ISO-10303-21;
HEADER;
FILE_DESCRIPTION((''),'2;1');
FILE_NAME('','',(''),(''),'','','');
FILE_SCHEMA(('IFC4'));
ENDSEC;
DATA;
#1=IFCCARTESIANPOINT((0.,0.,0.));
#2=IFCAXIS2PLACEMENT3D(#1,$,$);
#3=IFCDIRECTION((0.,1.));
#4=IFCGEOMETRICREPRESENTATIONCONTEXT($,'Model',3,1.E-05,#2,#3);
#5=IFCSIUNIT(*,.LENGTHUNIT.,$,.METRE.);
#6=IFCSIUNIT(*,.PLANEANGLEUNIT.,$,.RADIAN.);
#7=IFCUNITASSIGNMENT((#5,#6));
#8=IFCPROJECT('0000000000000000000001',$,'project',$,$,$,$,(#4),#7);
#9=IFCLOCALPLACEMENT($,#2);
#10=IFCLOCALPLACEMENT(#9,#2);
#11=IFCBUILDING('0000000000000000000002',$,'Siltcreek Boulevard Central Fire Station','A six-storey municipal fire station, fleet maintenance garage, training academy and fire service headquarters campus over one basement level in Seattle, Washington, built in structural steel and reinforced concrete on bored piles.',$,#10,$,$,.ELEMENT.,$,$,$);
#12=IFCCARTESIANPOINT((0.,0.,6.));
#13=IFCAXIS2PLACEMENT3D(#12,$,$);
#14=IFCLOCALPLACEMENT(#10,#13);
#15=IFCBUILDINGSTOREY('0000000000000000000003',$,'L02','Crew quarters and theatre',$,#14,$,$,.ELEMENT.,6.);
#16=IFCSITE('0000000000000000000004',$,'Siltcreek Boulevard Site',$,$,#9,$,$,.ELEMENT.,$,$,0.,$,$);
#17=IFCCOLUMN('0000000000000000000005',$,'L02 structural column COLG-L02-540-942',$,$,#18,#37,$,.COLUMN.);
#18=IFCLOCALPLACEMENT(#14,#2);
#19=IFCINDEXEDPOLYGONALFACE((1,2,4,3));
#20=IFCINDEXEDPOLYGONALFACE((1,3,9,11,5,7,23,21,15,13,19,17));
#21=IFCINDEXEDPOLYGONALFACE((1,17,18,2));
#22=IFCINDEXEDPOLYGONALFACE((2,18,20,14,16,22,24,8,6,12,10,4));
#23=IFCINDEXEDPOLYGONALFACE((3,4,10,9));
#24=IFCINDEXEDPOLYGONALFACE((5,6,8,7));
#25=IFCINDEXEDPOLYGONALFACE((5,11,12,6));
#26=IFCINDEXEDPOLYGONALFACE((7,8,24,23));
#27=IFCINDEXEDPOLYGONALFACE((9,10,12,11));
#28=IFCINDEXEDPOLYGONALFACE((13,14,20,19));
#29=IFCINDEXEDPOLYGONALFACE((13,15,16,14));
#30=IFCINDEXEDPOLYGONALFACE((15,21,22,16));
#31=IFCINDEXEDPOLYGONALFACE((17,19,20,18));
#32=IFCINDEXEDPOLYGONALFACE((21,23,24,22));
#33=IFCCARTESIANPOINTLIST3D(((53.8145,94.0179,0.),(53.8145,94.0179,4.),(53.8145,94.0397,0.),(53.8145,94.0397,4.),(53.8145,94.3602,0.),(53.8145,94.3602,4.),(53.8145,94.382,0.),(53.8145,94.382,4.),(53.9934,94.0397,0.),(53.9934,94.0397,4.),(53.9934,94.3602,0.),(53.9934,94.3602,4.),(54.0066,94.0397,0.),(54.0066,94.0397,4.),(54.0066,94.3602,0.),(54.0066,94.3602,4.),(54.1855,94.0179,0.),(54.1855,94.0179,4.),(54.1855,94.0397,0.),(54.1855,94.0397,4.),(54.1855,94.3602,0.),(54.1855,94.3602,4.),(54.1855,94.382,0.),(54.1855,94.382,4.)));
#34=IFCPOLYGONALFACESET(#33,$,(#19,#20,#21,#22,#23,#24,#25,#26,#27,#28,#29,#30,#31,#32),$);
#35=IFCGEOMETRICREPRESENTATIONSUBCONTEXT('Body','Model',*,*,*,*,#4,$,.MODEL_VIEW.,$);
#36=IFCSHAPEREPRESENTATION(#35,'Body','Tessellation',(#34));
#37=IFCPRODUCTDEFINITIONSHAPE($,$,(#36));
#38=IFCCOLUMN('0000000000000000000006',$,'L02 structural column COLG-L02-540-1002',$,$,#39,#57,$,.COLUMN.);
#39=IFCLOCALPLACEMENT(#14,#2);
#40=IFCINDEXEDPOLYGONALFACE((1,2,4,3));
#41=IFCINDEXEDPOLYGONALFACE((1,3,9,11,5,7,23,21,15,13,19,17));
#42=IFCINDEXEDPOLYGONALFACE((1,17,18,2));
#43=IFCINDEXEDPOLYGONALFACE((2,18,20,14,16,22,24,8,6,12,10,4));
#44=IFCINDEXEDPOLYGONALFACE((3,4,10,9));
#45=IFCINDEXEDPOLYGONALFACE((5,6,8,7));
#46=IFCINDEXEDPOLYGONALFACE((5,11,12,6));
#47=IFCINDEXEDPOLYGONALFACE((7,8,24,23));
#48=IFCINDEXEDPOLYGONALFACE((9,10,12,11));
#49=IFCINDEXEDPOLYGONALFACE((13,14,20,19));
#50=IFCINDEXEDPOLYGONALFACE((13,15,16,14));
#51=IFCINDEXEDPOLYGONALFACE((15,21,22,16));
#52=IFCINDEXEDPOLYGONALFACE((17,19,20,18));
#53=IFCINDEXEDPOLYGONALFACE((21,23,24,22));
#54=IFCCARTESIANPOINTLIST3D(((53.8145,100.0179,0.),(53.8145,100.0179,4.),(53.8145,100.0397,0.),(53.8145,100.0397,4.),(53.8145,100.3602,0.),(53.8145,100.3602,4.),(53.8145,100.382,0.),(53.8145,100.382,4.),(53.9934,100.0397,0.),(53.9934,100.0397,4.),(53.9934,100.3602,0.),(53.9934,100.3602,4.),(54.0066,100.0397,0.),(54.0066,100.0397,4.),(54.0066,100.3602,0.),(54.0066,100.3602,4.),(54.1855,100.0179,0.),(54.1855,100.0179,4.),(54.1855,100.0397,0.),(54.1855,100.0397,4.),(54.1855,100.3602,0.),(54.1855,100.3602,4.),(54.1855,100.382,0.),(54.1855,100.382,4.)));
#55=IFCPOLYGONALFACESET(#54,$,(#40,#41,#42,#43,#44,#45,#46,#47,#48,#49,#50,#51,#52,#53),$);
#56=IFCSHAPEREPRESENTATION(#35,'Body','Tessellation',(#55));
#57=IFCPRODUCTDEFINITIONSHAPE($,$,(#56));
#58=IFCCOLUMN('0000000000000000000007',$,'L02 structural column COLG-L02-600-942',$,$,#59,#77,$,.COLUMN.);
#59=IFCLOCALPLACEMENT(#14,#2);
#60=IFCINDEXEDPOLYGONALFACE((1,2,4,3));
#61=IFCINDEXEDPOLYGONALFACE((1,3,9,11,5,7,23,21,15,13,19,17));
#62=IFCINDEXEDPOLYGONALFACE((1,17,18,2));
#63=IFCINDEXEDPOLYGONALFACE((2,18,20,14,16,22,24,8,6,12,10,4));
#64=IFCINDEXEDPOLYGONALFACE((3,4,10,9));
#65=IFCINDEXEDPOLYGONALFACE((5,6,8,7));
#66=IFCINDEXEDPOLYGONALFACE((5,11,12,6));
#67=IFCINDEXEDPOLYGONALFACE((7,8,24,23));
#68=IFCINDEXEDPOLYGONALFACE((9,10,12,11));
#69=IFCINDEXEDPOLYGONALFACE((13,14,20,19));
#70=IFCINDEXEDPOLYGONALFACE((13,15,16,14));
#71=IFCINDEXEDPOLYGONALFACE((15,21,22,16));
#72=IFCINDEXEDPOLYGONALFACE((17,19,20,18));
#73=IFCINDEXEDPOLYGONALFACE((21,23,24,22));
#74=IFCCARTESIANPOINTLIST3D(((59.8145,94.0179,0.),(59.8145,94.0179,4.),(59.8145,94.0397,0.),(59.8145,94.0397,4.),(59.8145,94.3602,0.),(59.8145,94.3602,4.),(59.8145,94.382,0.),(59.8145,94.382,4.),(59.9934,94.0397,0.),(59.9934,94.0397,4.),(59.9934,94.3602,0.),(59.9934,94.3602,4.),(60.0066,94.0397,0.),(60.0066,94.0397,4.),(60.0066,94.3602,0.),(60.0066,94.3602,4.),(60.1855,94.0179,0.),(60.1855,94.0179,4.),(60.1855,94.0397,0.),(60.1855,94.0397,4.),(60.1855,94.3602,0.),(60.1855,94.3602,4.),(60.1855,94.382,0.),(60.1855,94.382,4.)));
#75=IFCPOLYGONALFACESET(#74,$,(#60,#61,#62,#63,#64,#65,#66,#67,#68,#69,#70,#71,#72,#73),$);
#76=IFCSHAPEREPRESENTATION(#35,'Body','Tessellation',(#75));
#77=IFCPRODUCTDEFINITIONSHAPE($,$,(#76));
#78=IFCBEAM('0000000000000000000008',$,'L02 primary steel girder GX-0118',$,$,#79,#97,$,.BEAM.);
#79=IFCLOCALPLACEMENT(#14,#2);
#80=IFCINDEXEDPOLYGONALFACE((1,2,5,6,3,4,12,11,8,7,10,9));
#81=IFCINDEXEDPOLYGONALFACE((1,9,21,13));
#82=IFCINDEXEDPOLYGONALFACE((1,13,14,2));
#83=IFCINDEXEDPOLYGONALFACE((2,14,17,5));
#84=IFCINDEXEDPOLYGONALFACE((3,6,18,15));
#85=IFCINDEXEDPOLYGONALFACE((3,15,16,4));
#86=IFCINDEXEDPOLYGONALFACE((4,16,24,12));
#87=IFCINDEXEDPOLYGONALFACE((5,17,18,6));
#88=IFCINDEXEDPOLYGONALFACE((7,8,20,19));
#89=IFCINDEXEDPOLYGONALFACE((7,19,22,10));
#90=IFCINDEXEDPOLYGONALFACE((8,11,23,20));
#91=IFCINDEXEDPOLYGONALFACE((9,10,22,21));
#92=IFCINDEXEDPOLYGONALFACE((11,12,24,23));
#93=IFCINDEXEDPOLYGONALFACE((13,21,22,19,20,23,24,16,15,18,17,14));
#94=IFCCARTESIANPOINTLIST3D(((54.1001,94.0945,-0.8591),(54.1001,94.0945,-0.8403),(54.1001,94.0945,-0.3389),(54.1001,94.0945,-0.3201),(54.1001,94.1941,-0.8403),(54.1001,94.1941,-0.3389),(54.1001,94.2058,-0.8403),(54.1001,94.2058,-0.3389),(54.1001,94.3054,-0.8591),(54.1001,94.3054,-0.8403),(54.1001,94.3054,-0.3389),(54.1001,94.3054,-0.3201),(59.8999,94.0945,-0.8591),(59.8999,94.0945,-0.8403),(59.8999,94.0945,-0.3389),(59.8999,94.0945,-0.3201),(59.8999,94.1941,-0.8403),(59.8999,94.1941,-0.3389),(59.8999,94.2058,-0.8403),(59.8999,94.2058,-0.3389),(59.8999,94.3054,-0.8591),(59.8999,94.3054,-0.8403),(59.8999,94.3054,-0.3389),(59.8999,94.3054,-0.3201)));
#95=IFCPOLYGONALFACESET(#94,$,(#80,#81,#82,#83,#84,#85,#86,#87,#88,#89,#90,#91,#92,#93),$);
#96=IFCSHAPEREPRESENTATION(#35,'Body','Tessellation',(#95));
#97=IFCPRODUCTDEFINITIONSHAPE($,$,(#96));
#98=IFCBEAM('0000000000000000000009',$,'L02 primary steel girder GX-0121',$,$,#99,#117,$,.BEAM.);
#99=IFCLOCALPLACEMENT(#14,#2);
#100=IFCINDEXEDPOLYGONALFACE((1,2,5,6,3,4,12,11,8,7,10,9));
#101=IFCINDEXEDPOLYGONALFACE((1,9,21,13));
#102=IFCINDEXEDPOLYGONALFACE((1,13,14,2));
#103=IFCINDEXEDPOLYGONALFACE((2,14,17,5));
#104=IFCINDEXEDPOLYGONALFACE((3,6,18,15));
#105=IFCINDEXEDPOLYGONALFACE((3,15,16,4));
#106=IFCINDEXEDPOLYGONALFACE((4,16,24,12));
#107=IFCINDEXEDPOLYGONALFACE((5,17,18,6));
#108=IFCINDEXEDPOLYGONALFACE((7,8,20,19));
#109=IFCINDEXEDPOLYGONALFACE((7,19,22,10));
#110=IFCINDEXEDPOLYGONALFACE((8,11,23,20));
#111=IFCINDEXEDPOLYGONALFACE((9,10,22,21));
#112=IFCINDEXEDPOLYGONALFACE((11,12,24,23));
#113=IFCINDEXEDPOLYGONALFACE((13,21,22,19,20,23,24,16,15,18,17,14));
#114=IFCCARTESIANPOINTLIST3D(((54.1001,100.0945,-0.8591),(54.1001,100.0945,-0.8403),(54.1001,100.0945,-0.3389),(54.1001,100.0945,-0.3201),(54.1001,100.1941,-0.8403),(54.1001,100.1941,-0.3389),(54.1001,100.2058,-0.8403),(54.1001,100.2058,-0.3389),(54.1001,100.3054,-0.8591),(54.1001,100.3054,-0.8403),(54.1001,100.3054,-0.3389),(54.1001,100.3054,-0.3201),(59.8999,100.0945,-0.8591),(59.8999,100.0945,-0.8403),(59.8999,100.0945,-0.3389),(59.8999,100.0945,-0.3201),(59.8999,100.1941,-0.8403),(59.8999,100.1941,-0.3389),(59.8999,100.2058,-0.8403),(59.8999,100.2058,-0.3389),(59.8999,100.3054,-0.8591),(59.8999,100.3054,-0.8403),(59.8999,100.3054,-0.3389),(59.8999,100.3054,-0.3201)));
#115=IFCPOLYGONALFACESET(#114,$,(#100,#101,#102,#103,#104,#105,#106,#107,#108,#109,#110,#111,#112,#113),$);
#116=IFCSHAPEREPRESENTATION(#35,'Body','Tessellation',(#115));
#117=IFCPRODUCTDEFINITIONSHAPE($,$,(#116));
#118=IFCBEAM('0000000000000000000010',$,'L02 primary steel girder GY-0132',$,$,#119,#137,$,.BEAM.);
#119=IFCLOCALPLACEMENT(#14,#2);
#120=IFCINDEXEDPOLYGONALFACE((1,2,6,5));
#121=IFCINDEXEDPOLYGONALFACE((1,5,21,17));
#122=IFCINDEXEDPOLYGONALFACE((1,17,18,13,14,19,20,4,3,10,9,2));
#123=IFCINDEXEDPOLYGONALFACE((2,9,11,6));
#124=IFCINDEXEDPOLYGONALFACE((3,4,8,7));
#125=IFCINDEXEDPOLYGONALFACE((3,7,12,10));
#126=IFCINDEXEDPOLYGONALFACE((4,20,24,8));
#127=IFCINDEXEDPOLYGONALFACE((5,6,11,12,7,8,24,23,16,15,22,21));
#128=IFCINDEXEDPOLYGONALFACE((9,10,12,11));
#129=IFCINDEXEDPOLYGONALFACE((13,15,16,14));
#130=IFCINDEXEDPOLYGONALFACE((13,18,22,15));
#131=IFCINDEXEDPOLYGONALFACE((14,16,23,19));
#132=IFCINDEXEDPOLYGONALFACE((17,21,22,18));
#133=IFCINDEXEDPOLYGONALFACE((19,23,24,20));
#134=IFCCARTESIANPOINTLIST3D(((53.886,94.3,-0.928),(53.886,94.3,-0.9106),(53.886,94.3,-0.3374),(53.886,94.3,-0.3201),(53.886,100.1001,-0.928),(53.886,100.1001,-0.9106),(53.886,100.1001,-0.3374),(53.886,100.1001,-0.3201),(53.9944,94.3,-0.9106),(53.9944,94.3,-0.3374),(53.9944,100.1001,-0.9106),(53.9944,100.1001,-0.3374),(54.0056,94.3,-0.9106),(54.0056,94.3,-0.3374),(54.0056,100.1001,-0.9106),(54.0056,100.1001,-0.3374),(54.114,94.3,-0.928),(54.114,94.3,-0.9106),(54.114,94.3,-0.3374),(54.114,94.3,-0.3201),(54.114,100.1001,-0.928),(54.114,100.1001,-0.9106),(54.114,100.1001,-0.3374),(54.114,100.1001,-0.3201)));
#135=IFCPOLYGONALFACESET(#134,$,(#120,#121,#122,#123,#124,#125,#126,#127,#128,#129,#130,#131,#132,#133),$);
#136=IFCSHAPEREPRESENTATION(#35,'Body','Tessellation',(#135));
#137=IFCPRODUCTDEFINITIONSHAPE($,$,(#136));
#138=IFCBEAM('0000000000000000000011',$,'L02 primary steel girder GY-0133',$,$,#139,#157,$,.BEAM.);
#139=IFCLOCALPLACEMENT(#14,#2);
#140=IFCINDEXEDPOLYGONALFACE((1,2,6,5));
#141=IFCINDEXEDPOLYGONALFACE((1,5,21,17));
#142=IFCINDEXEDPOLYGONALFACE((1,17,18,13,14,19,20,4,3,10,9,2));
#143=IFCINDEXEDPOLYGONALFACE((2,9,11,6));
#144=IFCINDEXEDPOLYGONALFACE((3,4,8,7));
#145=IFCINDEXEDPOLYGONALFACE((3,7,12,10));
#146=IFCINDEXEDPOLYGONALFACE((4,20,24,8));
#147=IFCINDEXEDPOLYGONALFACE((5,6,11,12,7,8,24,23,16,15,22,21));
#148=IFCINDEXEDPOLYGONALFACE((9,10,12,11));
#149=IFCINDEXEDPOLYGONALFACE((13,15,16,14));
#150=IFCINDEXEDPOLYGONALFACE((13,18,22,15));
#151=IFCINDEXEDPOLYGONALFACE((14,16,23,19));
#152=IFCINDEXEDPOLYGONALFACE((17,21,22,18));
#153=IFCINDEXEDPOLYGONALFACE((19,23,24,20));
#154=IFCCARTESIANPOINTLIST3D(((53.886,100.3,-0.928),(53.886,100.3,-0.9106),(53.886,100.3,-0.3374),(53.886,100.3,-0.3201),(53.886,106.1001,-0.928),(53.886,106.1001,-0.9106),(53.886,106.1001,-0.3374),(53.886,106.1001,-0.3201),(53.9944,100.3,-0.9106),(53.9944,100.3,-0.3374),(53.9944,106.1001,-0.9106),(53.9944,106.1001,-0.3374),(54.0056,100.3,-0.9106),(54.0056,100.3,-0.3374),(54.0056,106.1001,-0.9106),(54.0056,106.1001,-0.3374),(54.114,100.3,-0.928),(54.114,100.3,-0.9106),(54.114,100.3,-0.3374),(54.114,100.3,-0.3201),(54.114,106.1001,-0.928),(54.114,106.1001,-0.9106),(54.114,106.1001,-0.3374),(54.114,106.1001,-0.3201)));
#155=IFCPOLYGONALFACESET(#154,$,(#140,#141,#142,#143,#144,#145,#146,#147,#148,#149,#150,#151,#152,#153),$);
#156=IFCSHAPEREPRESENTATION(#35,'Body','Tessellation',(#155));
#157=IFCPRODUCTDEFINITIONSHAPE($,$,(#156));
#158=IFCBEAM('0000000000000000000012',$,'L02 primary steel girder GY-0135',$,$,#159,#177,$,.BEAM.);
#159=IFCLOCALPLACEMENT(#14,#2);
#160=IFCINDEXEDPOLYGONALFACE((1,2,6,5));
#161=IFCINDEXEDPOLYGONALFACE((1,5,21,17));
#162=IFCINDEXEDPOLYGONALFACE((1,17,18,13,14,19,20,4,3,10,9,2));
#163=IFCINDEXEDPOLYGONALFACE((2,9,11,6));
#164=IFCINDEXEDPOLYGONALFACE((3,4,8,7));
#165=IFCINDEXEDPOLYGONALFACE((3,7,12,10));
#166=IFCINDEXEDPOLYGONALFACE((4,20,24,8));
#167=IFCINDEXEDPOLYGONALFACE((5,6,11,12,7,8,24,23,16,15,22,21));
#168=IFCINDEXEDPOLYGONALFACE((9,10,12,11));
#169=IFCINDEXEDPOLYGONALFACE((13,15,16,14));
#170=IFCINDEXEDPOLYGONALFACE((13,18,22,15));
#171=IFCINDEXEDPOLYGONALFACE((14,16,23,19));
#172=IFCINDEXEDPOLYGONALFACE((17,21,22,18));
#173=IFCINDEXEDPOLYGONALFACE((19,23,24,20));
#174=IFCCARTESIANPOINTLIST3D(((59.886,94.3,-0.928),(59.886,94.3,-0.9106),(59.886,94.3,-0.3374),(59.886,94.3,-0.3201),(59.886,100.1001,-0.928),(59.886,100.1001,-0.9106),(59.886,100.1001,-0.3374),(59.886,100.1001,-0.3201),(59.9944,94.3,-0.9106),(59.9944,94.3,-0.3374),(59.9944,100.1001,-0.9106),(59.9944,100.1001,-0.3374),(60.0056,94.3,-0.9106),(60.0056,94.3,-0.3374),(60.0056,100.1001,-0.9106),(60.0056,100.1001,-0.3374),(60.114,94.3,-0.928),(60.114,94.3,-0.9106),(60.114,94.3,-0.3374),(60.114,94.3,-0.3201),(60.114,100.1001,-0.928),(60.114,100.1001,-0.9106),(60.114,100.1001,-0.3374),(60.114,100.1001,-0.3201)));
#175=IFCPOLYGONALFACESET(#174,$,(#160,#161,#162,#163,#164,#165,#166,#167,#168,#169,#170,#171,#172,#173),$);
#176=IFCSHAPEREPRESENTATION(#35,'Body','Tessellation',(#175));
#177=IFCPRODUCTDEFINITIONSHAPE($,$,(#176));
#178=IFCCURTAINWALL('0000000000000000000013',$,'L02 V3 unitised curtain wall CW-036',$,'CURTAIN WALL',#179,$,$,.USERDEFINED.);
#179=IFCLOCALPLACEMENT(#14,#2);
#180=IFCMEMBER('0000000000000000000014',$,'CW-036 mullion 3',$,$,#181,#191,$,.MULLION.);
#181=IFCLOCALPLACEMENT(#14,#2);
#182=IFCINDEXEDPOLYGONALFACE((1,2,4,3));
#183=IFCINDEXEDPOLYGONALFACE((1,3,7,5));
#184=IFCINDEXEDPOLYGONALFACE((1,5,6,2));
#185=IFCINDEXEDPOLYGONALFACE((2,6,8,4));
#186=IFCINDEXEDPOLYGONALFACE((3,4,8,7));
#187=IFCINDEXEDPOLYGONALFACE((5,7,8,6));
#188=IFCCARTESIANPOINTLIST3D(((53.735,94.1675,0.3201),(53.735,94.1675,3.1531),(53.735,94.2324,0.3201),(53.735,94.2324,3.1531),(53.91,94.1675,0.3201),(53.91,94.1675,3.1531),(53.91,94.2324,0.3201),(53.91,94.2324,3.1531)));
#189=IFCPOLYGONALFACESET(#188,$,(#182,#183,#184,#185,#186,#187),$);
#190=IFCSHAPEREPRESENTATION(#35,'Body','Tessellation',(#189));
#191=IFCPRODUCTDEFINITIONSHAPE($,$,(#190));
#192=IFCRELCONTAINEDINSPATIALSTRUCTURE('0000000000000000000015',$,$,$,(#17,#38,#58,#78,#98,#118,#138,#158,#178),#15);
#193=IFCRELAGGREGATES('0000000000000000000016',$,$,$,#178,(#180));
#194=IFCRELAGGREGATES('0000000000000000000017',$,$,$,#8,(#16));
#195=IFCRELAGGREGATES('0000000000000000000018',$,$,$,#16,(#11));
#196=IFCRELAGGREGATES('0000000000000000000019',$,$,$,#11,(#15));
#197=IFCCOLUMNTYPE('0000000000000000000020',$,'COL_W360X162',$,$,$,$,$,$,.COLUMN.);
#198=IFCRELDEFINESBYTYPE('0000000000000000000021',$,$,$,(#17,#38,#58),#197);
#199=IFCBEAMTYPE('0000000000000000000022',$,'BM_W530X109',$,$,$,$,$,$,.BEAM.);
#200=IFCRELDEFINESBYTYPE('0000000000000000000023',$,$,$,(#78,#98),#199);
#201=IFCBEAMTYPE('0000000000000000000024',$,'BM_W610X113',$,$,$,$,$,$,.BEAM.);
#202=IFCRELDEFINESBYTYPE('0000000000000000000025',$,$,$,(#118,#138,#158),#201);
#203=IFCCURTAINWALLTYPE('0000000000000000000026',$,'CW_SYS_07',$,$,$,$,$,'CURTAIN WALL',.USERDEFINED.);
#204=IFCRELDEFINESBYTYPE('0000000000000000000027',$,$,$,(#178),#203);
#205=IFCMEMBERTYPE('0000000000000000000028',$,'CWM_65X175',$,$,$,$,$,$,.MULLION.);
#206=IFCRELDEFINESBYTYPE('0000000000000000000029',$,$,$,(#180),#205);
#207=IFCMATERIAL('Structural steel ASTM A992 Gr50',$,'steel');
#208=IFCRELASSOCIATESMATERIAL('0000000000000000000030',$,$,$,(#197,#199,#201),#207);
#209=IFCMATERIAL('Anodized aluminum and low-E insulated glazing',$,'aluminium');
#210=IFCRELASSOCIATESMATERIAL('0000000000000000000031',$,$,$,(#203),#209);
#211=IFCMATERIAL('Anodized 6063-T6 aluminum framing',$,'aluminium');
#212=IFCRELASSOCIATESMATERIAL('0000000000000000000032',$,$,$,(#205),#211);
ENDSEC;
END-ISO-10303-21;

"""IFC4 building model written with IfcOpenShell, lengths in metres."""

from ifc_helpers import new_model, si_unit, direction, frame, origin, origin_2d, place, context, subcontext, project, spatial, rectangle, i_section, extrude, material, material_profile, profile_set, type_object, element, aggregate, save


model = new_model("IFC4")

# Units and contexts
model_context = context("Model", 3, precision=1e-05, world=origin(), true_north=direction((0.0, 1.0)))
body_context = subcontext(model_context, "Body", "Model", "MODEL_VIEW")
ifc_project = project(units=[si_unit("LENGTHUNIT", "METRE"), si_unit("PLANEANGLEUNIT", "RADIAN")], contexts=[model_context])

# Site, building, storey
site_placement = place(None, origin())
site = spatial("IfcSite", under=ifc_project, at=site_placement, Name="Siltcreek Boulevard Site", CompositionType="ELEMENT", RefElevation=0.0)
building_placement = place(site_placement, origin())
building = spatial("IfcBuilding", under=site, at=building_placement, Name="Siltcreek Boulevard Central Fire Station", Description="A six-storey municipal fire station, fleet maintenance garage, training academy and fire service headquarters campus over one basement level in Seattle, Washington, built in structural steel and reinforced concrete on bored piles.", CompositionType="ELEMENT")
storey_placement = place(building_placement, frame((0.0, 0.0, 6.0)))
storey = spatial("IfcBuildingStorey", under=building, at=storey_placement, Name="L02", Description="Crew quarters and theatre", CompositionType="ELEMENT", Elevation=6.0)

# Columns
ifc_material_1 = material(Name="Structural steel ASTM A992 Gr50", Category="steel")
ifc_material_profile_1 = material_profile(ifc_material_1, i_section(OverallWidth=0.3711, OverallDepth=0.364, WebThickness=0.0132, FlangeThickness=0.0217, at=origin_2d()), Name="W360X162")
ifc_profile_set_1 = profile_set([ifc_material_profile_1], Name="Structural steel ASTM A992 Gr50")
column_type = type_object("IfcColumnType", Name="COL_W360X162", PredefinedType="COLUMN", material=ifc_profile_set_1)
for number, where, z_axis, x_axis, name in (
    (1, (54.0, 94.2, 0.0), (0.0, 0.0, 1.0), (1.0, 0.0, 0.0), "L02 structural column COLG-L02-540-942"),
    (2, (54.0, 100.2, 0.0), (0.0, 0.0, 1.0), (1.0, 0.0, 0.0), "L02 structural column COLG-L02-540-1002"),
    (3, (60.0, 94.2, 0.0), (0.0, 0.0, 1.0), (1.0, 0.0, 0.0), "L02 structural column COLG-L02-600-942"),
):
    element("IfcColumn", number, at=place(storey_placement, frame(where, z_axis=z_axis, x_axis=x_axis)), inside=storey, type_object=column_type, Name=name, PredefinedType="COLUMN", context=body_context, shape_type="SweptSolid", body=[
        extrude(i_section(OverallWidth=0.3711, OverallDepth=0.364, WebThickness=0.0132, FlangeThickness=0.0217, at=origin_2d()), origin(), (0.0, 0.0, 1.0), 4.0),
    ])

# Beams
ifc_material_profile_2 = material_profile(ifc_material_1, i_section(OverallWidth=0.2109, OverallDepth=0.5391, WebThickness=0.0117, FlangeThickness=0.0188, at=origin_2d()), Name="W530X109")
ifc_profile_set_2 = profile_set([ifc_material_profile_2], Name="Structural steel ASTM A992 Gr50")
beam_type_1 = type_object("IfcBeamType", Name="BM_W530X109", PredefinedType="BEAM", material=ifc_profile_set_2)
for number, where, z_axis, x_axis, name in (
    (4, (54.1001, 94.2, -0.5896), (1.0, 0.0, 0.0), (0.0, 1.0, 0.0), "L02 primary steel girder GX-0118"),
    (5, (54.1001, 100.2, -0.5896), (1.0, 0.0, 0.0), (0.0, 1.0, 0.0), "L02 primary steel girder GX-0121"),
):
    element("IfcBeam", number, at=place(storey_placement, frame(where, z_axis=z_axis, x_axis=x_axis)), inside=storey, type_object=beam_type_1, Name=name, PredefinedType="BEAM", context=body_context, shape_type="SweptSolid", body=[
        extrude(i_section(OverallWidth=0.2109, OverallDepth=0.5391, WebThickness=0.0117, FlangeThickness=0.0188, at=origin_2d()), origin(), (0.0, 0.0, 1.0), 5.7998),
    ])
ifc_material_profile_3 = material_profile(ifc_material_1, i_section(OverallWidth=0.228, OverallDepth=0.6079, WebThickness=0.0112, FlangeThickness=0.0173, at=origin_2d()), Name="W610X113")
ifc_profile_set_3 = profile_set([ifc_material_profile_3], Name="Structural steel ASTM A992 Gr50")
beam_type_2 = type_object("IfcBeamType", Name="BM_W610X113", PredefinedType="BEAM", material=ifc_profile_set_3)
for number, where, z_axis, x_axis, name in (
    (6, (54.0, 94.3, -0.624), (0.0, 1.0, 0.0), (-1.0, 0.0, 0.0), "L02 primary steel girder GY-0132"),
    (7, (54.0, 100.3, -0.624), (0.0, 1.0, 0.0), (-1.0, 0.0, 0.0), "L02 primary steel girder GY-0133"),
    (8, (60.0, 94.3, -0.624), (0.0, 1.0, 0.0), (-1.0, 0.0, 0.0), "L02 primary steel girder GY-0135"),
):
    element("IfcBeam", number, at=place(storey_placement, frame(where, z_axis=z_axis, x_axis=x_axis)), inside=storey, type_object=beam_type_2, Name=name, PredefinedType="BEAM", context=body_context, shape_type="SweptSolid", body=[
        extrude(i_section(OverallWidth=0.228, OverallDepth=0.6079, WebThickness=0.0112, FlangeThickness=0.0173, at=origin_2d()), origin(), (0.0, 0.0, 1.0), 5.8),
    ])

# Curtain wall, member
ifc_material_2 = material(Name="Anodized aluminum and low-E insulated glazing", Category="aluminium")
curtain_wall_type = type_object("IfcCurtainWallType", Name="CW_SYS_07", ElementType="CURTAIN WALL", PredefinedType="USERDEFINED", material=ifc_material_2)
curtain_wall_placement = place(storey_placement, origin())
curtain_wall = element("IfcCurtainWall", 9, at=curtain_wall_placement, inside=storey, type_object=curtain_wall_type, Name="L02 V3 unitised curtain wall CW-036", ObjectType="CURTAIN WALL", PredefinedType="USERDEFINED")
ifc_material_3 = material(Name="Anodized 6063-T6 aluminum framing", Category="aluminium")
ifc_material_profile_4 = material_profile(ifc_material_3, rectangle(XDim=0.0649, YDim=0.175, at=origin_2d()), Name="MULL65X175")
ifc_profile_set_4 = profile_set([ifc_material_profile_4], Name="Anodized 6063-T6 aluminum framing")
member_type = type_object("IfcMemberType", Name="CWM_65X175", PredefinedType="MULLION", material=ifc_profile_set_4)
member_placement = place(storey_placement, frame((53.8225, 94.2, 0.3201), z_axis=(0.0, 0.0, 1.0), x_axis=(0.0, 1.0, 0.0)))
member = element("IfcMember", 10, at=member_placement, type_object=member_type, Name="CW-036 mullion 3", PredefinedType="MULLION", context=body_context, shape_type="SweptSolid", body=[
    extrude(rectangle(XDim=0.0649, YDim=0.175, at=origin_2d()), origin(), (0.0, 0.0, 1.0), 2.833),
])

aggregate(curtain_wall, [member])

save(model, "model.ifc")
